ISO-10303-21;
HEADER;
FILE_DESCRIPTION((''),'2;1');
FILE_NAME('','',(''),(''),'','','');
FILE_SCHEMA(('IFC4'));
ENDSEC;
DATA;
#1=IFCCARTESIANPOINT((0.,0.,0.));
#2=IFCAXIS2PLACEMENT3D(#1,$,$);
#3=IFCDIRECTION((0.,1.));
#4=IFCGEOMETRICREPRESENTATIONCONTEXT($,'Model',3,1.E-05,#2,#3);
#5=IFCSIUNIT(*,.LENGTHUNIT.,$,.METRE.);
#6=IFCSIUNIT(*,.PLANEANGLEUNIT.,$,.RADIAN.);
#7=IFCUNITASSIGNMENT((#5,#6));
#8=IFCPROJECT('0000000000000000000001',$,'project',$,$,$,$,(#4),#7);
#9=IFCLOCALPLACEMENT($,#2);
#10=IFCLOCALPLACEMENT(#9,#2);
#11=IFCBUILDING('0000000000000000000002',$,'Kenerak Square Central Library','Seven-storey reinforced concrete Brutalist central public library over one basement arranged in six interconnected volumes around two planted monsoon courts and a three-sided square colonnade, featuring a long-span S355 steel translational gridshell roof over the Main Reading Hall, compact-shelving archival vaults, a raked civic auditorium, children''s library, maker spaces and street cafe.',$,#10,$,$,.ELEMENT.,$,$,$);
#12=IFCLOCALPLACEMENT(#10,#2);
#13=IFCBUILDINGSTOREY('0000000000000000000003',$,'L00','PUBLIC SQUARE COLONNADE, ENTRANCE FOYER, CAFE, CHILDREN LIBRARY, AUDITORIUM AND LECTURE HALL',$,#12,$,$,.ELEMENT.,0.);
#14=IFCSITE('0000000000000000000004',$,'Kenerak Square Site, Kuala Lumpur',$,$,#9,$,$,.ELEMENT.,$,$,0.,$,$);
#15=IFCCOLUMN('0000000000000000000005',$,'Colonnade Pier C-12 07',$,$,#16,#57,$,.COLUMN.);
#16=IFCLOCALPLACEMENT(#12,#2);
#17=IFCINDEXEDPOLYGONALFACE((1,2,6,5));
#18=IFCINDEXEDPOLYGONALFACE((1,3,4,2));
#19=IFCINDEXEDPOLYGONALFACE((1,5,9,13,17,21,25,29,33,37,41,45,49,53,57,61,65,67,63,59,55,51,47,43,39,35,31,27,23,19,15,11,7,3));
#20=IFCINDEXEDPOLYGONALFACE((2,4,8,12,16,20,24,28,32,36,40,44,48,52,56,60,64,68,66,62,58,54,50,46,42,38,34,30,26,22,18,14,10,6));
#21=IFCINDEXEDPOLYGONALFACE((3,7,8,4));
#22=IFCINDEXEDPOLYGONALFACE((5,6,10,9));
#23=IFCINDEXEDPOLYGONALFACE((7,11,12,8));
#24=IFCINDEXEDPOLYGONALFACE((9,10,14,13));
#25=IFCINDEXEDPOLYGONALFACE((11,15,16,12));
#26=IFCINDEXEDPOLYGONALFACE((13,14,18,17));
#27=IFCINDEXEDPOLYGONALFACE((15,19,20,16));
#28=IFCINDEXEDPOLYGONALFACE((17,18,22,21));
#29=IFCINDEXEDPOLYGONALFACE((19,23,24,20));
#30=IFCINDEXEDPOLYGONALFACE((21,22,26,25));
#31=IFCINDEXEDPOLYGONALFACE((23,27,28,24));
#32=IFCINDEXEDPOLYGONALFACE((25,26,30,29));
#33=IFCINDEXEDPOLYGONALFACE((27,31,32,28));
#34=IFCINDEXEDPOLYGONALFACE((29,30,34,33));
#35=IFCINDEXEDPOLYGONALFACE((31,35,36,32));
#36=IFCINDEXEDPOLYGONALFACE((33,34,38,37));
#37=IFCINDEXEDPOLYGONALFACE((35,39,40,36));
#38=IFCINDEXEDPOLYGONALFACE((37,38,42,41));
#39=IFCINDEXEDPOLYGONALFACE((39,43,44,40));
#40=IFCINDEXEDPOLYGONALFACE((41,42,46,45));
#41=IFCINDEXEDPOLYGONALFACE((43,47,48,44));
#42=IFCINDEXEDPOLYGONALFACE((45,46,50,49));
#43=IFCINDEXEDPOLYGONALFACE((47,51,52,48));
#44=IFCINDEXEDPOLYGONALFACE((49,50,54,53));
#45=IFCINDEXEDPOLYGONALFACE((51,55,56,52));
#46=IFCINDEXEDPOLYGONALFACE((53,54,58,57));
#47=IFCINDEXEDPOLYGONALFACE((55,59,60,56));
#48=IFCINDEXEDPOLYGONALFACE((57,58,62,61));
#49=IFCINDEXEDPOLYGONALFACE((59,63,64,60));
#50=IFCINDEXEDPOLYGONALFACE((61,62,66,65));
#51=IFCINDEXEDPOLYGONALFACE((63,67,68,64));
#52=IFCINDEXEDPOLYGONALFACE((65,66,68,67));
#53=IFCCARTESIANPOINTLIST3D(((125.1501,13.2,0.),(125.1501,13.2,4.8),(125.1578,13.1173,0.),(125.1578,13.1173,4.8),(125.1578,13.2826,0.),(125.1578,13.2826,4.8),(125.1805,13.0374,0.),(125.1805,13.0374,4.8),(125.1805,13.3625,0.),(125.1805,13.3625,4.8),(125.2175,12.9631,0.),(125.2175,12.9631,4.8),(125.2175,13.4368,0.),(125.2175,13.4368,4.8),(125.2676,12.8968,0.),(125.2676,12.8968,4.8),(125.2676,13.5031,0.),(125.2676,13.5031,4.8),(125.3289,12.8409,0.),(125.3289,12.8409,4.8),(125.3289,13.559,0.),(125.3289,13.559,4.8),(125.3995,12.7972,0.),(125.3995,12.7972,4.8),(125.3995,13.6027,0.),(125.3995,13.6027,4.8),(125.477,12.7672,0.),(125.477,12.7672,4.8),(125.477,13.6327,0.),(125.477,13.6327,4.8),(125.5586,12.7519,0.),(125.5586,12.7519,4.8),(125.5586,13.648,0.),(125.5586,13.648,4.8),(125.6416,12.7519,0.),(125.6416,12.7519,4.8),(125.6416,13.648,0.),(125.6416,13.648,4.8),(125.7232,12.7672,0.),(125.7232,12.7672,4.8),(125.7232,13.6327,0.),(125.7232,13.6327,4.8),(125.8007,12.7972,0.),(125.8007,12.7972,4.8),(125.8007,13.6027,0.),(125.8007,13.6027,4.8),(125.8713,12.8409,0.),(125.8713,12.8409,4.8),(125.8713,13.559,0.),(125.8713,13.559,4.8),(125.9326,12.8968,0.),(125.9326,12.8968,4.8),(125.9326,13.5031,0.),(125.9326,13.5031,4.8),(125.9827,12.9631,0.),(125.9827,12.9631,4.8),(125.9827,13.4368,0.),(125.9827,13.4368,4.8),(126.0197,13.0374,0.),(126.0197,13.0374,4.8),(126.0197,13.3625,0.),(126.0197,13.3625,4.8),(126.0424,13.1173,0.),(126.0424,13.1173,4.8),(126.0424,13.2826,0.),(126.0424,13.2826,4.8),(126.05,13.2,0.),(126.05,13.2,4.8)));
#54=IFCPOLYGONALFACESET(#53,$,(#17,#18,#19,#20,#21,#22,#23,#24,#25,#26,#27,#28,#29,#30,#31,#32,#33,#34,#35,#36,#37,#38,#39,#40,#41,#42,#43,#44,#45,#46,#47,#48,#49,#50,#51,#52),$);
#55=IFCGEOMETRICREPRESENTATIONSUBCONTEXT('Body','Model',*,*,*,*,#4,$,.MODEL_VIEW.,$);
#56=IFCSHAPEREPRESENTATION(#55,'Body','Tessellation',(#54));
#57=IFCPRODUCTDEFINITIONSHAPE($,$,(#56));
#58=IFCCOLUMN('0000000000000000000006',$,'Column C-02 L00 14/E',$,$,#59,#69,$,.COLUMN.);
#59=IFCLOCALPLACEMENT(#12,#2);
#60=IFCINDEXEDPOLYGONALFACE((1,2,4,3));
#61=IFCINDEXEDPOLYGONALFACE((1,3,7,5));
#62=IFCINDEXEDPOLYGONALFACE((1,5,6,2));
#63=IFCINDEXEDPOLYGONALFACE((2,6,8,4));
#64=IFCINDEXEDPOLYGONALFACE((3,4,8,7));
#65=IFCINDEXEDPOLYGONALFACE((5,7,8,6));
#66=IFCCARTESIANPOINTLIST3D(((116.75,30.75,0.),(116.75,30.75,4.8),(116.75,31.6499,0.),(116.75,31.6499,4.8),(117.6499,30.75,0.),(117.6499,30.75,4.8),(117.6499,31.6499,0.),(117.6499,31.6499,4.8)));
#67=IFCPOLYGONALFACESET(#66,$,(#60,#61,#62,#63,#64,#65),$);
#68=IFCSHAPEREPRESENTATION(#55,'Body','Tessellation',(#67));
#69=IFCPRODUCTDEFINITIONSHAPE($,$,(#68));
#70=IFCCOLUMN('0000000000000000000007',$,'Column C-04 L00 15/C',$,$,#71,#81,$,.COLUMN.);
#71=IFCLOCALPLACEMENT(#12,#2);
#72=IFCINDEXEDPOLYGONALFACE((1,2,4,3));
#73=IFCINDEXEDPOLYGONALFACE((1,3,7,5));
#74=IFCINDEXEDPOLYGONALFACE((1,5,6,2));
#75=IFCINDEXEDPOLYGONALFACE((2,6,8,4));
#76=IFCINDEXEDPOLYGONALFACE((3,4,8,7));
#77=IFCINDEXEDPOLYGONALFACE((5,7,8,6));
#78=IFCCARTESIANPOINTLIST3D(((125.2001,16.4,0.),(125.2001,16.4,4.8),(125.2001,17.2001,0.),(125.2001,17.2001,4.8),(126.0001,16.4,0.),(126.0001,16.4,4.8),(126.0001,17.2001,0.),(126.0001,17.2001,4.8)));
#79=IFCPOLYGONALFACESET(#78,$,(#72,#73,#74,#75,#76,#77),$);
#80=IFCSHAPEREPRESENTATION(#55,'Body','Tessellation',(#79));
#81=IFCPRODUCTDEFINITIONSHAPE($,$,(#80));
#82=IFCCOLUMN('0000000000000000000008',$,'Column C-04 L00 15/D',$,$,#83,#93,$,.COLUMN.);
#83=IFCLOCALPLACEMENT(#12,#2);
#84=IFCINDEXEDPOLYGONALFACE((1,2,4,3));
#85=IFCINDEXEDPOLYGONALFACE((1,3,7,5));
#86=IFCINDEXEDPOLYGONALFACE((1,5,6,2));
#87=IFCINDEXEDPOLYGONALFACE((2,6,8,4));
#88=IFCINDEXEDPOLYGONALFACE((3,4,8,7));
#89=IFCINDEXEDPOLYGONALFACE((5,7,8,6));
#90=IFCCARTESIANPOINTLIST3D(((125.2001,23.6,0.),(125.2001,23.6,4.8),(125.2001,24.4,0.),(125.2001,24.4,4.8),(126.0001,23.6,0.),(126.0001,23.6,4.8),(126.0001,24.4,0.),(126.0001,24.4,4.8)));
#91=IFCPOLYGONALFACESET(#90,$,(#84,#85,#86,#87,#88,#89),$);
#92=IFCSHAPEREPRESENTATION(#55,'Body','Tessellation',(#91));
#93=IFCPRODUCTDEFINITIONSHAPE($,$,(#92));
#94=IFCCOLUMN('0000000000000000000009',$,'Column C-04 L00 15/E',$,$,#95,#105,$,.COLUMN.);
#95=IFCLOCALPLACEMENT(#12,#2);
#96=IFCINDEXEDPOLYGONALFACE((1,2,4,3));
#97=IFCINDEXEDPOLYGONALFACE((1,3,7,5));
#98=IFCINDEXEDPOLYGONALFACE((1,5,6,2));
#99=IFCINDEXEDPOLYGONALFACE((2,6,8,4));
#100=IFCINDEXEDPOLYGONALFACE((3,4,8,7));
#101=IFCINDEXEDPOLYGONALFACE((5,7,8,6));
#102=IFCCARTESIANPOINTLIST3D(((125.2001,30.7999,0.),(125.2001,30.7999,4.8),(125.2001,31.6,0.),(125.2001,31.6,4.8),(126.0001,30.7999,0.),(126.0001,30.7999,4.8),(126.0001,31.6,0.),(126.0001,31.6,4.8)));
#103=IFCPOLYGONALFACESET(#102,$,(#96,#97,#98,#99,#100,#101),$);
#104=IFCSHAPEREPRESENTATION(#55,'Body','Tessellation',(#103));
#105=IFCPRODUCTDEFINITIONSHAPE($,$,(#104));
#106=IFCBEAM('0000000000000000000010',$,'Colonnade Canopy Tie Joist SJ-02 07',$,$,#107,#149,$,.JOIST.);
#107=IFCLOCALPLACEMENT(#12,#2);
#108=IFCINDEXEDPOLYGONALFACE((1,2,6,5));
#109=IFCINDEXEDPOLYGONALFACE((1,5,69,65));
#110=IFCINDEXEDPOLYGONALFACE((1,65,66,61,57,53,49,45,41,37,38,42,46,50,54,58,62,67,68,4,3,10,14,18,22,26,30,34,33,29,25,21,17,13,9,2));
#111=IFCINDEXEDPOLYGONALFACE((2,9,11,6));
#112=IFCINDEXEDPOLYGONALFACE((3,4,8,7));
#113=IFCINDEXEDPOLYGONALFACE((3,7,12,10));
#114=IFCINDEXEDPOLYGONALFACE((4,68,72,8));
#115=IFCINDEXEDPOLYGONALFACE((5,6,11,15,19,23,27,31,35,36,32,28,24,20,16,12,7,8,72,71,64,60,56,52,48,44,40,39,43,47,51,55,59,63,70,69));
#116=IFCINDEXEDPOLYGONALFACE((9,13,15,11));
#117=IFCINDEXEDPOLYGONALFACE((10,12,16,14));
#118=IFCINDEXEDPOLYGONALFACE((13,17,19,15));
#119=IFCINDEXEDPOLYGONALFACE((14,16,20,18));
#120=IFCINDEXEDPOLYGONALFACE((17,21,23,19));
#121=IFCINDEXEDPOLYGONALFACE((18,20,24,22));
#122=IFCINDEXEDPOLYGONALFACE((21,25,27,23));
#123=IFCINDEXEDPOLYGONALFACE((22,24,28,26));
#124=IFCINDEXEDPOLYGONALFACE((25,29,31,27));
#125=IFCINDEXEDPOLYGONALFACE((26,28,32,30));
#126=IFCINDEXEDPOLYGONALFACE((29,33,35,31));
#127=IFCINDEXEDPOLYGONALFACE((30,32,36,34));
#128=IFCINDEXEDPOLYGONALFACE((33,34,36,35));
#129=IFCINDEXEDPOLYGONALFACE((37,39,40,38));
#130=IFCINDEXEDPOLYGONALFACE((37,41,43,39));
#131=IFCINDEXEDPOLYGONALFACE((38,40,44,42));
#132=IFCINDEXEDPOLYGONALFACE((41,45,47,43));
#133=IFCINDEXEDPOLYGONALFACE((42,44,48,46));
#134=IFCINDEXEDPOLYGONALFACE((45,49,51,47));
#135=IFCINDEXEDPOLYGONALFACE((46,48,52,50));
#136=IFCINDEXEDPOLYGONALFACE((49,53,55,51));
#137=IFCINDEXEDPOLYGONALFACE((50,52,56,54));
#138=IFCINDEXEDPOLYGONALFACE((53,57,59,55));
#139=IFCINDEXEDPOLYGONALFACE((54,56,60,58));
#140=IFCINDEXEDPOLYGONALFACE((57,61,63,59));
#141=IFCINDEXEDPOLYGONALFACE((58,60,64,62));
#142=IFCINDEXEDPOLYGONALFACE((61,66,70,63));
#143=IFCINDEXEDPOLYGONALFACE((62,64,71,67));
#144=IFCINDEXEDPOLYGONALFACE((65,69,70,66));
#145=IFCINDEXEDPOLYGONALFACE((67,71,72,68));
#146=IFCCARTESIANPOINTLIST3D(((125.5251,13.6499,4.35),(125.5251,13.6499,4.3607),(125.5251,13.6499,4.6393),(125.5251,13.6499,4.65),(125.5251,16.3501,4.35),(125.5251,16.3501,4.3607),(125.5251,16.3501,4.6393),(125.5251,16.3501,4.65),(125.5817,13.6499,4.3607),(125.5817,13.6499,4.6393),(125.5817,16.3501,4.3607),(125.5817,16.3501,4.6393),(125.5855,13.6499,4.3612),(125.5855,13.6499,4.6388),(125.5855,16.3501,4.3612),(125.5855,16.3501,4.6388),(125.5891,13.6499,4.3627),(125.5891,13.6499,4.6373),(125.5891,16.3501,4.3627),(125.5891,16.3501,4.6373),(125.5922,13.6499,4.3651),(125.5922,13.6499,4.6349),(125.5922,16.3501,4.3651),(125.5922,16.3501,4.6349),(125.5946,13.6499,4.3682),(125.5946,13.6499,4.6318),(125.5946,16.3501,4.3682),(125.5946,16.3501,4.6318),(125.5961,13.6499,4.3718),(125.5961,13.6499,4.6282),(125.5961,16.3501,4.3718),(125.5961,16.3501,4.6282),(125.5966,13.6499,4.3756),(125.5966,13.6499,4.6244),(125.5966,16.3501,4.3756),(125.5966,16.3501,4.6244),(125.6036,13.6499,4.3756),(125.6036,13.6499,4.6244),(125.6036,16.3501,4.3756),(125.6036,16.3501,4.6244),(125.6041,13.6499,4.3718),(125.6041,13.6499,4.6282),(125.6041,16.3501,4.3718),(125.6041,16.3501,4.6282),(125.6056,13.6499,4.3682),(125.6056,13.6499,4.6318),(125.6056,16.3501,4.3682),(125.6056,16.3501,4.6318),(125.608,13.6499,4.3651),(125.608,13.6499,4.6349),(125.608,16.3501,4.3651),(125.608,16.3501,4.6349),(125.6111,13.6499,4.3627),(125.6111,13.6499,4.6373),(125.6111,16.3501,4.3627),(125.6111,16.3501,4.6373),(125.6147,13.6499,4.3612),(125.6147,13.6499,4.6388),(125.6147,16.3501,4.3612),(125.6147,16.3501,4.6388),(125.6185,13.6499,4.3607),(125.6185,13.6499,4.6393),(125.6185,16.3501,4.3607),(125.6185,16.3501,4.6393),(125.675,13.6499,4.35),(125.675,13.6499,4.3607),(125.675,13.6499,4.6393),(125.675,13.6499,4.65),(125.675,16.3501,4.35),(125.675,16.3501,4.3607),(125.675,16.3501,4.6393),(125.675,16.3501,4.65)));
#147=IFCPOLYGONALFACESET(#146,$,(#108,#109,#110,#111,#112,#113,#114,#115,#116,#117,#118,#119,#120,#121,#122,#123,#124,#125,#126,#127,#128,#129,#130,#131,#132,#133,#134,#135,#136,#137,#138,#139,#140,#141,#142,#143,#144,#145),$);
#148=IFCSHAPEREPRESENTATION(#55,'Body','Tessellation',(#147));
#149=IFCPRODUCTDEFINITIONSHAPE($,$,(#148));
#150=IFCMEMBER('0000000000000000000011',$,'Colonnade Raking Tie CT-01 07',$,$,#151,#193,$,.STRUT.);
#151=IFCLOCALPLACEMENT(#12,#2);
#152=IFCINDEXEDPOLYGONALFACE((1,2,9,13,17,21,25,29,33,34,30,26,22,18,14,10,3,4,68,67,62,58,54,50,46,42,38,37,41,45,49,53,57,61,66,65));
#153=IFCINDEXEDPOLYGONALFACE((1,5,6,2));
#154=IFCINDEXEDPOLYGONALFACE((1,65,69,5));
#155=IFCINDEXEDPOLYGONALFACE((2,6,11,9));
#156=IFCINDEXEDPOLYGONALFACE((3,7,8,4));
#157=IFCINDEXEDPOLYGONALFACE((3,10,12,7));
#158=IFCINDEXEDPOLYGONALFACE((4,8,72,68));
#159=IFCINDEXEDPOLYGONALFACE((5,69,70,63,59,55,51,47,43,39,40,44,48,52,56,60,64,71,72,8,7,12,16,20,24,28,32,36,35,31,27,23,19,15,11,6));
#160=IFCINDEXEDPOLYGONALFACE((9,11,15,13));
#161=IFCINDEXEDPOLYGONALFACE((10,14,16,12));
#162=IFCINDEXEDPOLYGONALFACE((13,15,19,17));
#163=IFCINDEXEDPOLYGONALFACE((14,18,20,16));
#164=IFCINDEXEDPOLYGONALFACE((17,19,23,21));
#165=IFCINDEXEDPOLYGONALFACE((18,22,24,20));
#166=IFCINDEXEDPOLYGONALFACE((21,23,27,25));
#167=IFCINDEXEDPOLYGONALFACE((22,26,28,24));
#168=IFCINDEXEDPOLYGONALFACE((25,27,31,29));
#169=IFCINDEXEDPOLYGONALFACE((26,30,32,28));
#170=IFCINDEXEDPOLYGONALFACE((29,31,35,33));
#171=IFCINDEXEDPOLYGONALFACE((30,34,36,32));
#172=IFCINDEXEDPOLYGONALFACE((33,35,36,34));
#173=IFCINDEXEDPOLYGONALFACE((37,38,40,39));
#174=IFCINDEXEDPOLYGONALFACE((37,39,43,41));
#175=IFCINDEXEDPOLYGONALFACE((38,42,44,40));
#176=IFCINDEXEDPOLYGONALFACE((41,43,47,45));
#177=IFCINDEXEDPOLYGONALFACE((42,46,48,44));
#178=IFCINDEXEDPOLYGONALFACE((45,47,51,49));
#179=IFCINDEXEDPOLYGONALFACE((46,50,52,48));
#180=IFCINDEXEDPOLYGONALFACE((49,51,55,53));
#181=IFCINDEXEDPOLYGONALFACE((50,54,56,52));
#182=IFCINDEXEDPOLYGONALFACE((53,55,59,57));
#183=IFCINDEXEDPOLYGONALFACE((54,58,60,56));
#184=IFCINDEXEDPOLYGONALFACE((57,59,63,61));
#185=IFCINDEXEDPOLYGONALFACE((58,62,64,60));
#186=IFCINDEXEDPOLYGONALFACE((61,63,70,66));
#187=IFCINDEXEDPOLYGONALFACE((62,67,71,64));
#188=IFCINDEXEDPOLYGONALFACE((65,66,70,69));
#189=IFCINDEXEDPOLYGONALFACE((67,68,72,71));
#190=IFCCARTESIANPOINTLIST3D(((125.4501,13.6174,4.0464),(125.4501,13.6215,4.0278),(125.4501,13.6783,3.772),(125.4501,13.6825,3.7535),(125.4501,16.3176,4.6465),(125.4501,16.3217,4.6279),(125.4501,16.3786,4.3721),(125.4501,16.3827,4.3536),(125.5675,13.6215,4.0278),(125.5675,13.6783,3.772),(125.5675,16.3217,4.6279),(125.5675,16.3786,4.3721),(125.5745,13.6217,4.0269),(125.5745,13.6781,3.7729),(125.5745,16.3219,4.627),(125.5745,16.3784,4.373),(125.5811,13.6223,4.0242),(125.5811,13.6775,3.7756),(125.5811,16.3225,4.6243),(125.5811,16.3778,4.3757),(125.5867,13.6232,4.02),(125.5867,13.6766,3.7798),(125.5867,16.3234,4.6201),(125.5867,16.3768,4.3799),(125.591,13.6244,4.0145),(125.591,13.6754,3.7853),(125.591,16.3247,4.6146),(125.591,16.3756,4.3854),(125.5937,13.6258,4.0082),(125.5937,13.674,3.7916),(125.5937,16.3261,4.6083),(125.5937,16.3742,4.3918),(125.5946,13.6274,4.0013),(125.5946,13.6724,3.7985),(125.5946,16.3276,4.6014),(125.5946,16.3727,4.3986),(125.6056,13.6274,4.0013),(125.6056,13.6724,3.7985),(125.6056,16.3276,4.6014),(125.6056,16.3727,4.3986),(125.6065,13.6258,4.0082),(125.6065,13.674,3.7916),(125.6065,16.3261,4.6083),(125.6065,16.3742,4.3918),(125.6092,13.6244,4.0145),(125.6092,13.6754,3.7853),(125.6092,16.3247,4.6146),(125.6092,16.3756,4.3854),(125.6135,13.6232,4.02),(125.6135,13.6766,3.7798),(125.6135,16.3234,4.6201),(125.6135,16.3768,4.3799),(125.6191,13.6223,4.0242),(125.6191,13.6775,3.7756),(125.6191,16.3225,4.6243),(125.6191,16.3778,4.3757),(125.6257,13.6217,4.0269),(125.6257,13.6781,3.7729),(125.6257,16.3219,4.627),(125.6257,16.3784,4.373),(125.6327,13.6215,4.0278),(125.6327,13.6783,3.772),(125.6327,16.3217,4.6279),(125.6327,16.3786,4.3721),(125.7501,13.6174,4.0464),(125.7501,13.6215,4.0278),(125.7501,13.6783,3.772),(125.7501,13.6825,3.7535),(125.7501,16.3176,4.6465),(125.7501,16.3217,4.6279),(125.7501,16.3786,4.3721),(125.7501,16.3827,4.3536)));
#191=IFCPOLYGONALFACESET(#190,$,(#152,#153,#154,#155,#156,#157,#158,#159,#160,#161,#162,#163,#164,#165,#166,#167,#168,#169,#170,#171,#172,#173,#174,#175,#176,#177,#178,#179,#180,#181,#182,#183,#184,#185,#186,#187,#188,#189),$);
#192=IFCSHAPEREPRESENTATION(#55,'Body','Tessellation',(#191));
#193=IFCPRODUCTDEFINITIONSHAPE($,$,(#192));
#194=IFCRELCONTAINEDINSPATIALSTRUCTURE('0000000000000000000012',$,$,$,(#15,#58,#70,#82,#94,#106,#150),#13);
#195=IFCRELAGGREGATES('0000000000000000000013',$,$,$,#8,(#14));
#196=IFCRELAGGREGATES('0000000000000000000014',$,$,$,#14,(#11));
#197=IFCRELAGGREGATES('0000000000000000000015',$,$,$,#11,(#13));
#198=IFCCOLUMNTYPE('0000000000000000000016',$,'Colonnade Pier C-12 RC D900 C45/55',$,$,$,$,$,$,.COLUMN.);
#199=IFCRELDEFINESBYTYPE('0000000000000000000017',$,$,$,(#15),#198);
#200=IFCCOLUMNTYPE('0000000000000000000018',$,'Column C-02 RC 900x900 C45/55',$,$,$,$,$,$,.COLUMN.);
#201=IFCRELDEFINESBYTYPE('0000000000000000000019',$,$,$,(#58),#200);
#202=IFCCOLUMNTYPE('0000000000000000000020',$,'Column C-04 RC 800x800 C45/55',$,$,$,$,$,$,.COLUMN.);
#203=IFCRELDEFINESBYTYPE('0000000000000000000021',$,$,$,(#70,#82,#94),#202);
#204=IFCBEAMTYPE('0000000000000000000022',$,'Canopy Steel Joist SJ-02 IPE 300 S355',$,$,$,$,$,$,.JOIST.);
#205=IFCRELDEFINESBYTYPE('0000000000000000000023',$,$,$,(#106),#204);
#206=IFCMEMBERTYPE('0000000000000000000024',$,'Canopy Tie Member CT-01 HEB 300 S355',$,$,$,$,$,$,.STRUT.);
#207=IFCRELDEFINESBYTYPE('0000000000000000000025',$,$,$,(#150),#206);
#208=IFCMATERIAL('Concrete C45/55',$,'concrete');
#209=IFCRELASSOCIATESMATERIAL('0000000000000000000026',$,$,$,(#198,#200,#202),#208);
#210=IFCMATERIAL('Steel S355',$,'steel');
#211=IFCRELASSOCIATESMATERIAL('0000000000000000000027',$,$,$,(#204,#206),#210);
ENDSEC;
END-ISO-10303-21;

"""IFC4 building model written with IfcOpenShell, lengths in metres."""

from ifc_helpers import new_model, si_unit, direction, frame, origin, origin_2d, place, context, subcontext, project, spatial, rectangle, circle, i_section, extrude, material, material_profile, profile_set, type_object, element, save


model = new_model("IFC4")

# Units and contexts
model_context = context("Model", 3, precision=1e-05, world=origin(), true_north=direction((0.0, 1.0)))
body_context = subcontext(model_context, "Body", "Model", "MODEL_VIEW")
ifc_project = project(units=[si_unit("LENGTHUNIT", "METRE"), si_unit("PLANEANGLEUNIT", "RADIAN")], contexts=[model_context])

# Site, building, storey
site_placement = place(None, origin())
site = spatial("IfcSite", under=ifc_project, at=site_placement, Name="Kenerak Square Site, Kuala Lumpur", CompositionType="ELEMENT", RefElevation=0.0)
building_placement = place(site_placement, origin())
building = spatial("IfcBuilding", under=site, at=building_placement, Name="Kenerak Square Central Library", Description="Seven-storey reinforced concrete Brutalist central public library over one basement arranged in six interconnected volumes around two planted monsoon courts and a three-sided square colonnade, featuring a long-span S355 steel translational gridshell roof over the Main Reading Hall, compact-shelving archival vaults, a raked civic auditorium, children's library, maker spaces and street cafe.", CompositionType="ELEMENT")
storey_placement = place(building_placement, origin())
storey = spatial("IfcBuildingStorey", under=building, at=storey_placement, Name="L00", Description="PUBLIC SQUARE COLONNADE, ENTRANCE FOYER, CAFE, CHILDREN LIBRARY, AUDITORIUM AND LECTURE HALL", CompositionType="ELEMENT", Elevation=0.0)

# Columns
ifc_material_1 = material(Name="Concrete C45/55", Category="concrete")
ifc_material_profile_1 = material_profile(ifc_material_1, circle(Radius=0.45, at=origin_2d()), Name="RC D900")
ifc_profile_set_1 = profile_set([ifc_material_profile_1], Name="Concrete C45/55")
column_type_1 = type_object("IfcColumnType", Name="Colonnade Pier C-12 RC D900 C45/55", PredefinedType="COLUMN", material=ifc_profile_set_1)
column_1_placement = place(storey_placement, frame((125.6001, 13.2, 0.0), z_axis=(0.0, 0.0, 1.0), x_axis=(1.0, 0.0, 0.0)))
element("IfcColumn", 1, at=column_1_placement, inside=storey, type_object=column_type_1, Name="Colonnade Pier C-12 07", PredefinedType="COLUMN", context=body_context, shape_type="SweptSolid", body=[
    extrude(circle(Radius=0.45, at=origin_2d()), origin(), (0.0, 0.0, 1.0), 4.8),
])
ifc_material_profile_2 = material_profile(ifc_material_1, rectangle(XDim=0.8999, YDim=0.8999, at=origin_2d()), Name="RC 900x900")
ifc_profile_set_2 = profile_set([ifc_material_profile_2], Name="Concrete C45/55")
column_type_2 = type_object("IfcColumnType", Name="Column C-02 RC 900x900 C45/55", PredefinedType="COLUMN", material=ifc_profile_set_2)
column_2_placement = place(storey_placement, frame((117.2, 31.2, 0.0), z_axis=(0.0, 0.0, 1.0), x_axis=(1.0, 0.0, 0.0)))
element("IfcColumn", 2, at=column_2_placement, inside=storey, type_object=column_type_2, Name="Column C-02 L00 14/E", PredefinedType="COLUMN", context=body_context, shape_type="SweptSolid", body=[
    extrude(rectangle(XDim=0.8999, YDim=0.8999, at=origin_2d()), origin(), (0.0, 0.0, 1.0), 4.8),
])
ifc_material_profile_3 = material_profile(ifc_material_1, rectangle(XDim=0.8, YDim=0.8, at=origin_2d()), Name="RC 800x800")
ifc_profile_set_3 = profile_set([ifc_material_profile_3], Name="Concrete C45/55")
column_type_3 = type_object("IfcColumnType", Name="Column C-04 RC 800x800 C45/55", PredefinedType="COLUMN", material=ifc_profile_set_3)
for number, where, z_axis, x_axis, name in (
    (3, (125.6001, 16.8, 0.0), (0.0, 0.0, 1.0), (1.0, 0.0, 0.0), "Column C-04 L00 15/C"),
    (4, (125.6001, 24.0, 0.0), (0.0, 0.0, 1.0), (1.0, 0.0, 0.0), "Column C-04 L00 15/D"),
    (5, (125.6001, 31.2, 0.0), (0.0, 0.0, 1.0), (1.0, 0.0, 0.0), "Column C-04 L00 15/E"),
):
    element("IfcColumn", number, at=place(storey_placement, frame(where, z_axis=z_axis, x_axis=x_axis)), inside=storey, type_object=column_type_3, Name=name, PredefinedType="COLUMN", context=body_context, shape_type="SweptSolid", body=[
        extrude(rectangle(XDim=0.8, YDim=0.8, at=origin_2d()), origin(), (0.0, 0.0, 1.0), 4.8),
    ])

# Beam
ifc_material_2 = material(Name="Steel S355", Category="steel")
ifc_material_profile_4 = material_profile(ifc_material_2, i_section(OverallWidth=0.1499, OverallDepth=0.3, WebThickness=0.0071, FlangeThickness=0.0107, FilletRadius=0.0149, at=origin_2d()), Name="IPE 300")
ifc_profile_set_4 = profile_set([ifc_material_profile_4], Name="Steel S355")
beam_type_1 = type_object("IfcBeamType", Name="Canopy Steel Joist SJ-02 IPE 300 S355", PredefinedType="JOIST", material=ifc_profile_set_4)
beam_1_placement = place(storey_placement, frame((125.6001, 13.6499, 4.5), z_axis=(0.0, 1.0, 0.0), x_axis=(-1.0, 0.0, 0.0)))
element("IfcBeam", 6, at=beam_1_placement, inside=storey, type_object=beam_type_1, Name="Colonnade Canopy Tie Joist SJ-02 07", PredefinedType="JOIST", context=body_context, shape_type="SweptSolid", body=[
    extrude(i_section(OverallWidth=0.1499, OverallDepth=0.3, WebThickness=0.0071, FlangeThickness=0.0107, FilletRadius=0.0149, at=origin_2d()), origin(), (0.0, 0.0, 1.0), 2.7002),
])

# Member
ifc_material_profile_5 = material_profile(ifc_material_2, i_section(OverallWidth=0.3, OverallDepth=0.3, WebThickness=0.011, FlangeThickness=0.019, FilletRadius=0.0271, at=origin_2d()), Name="HEB 300")
ifc_profile_set_5 = profile_set([ifc_material_profile_5], Name="Steel S355")
member_type = type_object("IfcMemberType", Name="Canopy Tie Member CT-01 HEB 300 S355", PredefinedType="STRUT", material=ifc_profile_set_5)
member_placement = place(storey_placement, frame((125.6001, 13.6499, 3.8999), z_axis=(0.0, 0.976183, 0.216949), x_axis=(-1.0, 0.0, 0.0)))
element("IfcMember", 7, at=member_placement, inside=storey, type_object=member_type, Name="Colonnade Raking Tie CT-01 07", PredefinedType="STRUT", context=body_context, shape_type="SweptSolid", body=[
    extrude(i_section(OverallWidth=0.3, OverallDepth=0.3, WebThickness=0.011, FlangeThickness=0.019, FilletRadius=0.0271, at=origin_2d()), origin(), (0.0, 0.0, 1.0), 2.7661),
])

save(model, "model.ifc")
